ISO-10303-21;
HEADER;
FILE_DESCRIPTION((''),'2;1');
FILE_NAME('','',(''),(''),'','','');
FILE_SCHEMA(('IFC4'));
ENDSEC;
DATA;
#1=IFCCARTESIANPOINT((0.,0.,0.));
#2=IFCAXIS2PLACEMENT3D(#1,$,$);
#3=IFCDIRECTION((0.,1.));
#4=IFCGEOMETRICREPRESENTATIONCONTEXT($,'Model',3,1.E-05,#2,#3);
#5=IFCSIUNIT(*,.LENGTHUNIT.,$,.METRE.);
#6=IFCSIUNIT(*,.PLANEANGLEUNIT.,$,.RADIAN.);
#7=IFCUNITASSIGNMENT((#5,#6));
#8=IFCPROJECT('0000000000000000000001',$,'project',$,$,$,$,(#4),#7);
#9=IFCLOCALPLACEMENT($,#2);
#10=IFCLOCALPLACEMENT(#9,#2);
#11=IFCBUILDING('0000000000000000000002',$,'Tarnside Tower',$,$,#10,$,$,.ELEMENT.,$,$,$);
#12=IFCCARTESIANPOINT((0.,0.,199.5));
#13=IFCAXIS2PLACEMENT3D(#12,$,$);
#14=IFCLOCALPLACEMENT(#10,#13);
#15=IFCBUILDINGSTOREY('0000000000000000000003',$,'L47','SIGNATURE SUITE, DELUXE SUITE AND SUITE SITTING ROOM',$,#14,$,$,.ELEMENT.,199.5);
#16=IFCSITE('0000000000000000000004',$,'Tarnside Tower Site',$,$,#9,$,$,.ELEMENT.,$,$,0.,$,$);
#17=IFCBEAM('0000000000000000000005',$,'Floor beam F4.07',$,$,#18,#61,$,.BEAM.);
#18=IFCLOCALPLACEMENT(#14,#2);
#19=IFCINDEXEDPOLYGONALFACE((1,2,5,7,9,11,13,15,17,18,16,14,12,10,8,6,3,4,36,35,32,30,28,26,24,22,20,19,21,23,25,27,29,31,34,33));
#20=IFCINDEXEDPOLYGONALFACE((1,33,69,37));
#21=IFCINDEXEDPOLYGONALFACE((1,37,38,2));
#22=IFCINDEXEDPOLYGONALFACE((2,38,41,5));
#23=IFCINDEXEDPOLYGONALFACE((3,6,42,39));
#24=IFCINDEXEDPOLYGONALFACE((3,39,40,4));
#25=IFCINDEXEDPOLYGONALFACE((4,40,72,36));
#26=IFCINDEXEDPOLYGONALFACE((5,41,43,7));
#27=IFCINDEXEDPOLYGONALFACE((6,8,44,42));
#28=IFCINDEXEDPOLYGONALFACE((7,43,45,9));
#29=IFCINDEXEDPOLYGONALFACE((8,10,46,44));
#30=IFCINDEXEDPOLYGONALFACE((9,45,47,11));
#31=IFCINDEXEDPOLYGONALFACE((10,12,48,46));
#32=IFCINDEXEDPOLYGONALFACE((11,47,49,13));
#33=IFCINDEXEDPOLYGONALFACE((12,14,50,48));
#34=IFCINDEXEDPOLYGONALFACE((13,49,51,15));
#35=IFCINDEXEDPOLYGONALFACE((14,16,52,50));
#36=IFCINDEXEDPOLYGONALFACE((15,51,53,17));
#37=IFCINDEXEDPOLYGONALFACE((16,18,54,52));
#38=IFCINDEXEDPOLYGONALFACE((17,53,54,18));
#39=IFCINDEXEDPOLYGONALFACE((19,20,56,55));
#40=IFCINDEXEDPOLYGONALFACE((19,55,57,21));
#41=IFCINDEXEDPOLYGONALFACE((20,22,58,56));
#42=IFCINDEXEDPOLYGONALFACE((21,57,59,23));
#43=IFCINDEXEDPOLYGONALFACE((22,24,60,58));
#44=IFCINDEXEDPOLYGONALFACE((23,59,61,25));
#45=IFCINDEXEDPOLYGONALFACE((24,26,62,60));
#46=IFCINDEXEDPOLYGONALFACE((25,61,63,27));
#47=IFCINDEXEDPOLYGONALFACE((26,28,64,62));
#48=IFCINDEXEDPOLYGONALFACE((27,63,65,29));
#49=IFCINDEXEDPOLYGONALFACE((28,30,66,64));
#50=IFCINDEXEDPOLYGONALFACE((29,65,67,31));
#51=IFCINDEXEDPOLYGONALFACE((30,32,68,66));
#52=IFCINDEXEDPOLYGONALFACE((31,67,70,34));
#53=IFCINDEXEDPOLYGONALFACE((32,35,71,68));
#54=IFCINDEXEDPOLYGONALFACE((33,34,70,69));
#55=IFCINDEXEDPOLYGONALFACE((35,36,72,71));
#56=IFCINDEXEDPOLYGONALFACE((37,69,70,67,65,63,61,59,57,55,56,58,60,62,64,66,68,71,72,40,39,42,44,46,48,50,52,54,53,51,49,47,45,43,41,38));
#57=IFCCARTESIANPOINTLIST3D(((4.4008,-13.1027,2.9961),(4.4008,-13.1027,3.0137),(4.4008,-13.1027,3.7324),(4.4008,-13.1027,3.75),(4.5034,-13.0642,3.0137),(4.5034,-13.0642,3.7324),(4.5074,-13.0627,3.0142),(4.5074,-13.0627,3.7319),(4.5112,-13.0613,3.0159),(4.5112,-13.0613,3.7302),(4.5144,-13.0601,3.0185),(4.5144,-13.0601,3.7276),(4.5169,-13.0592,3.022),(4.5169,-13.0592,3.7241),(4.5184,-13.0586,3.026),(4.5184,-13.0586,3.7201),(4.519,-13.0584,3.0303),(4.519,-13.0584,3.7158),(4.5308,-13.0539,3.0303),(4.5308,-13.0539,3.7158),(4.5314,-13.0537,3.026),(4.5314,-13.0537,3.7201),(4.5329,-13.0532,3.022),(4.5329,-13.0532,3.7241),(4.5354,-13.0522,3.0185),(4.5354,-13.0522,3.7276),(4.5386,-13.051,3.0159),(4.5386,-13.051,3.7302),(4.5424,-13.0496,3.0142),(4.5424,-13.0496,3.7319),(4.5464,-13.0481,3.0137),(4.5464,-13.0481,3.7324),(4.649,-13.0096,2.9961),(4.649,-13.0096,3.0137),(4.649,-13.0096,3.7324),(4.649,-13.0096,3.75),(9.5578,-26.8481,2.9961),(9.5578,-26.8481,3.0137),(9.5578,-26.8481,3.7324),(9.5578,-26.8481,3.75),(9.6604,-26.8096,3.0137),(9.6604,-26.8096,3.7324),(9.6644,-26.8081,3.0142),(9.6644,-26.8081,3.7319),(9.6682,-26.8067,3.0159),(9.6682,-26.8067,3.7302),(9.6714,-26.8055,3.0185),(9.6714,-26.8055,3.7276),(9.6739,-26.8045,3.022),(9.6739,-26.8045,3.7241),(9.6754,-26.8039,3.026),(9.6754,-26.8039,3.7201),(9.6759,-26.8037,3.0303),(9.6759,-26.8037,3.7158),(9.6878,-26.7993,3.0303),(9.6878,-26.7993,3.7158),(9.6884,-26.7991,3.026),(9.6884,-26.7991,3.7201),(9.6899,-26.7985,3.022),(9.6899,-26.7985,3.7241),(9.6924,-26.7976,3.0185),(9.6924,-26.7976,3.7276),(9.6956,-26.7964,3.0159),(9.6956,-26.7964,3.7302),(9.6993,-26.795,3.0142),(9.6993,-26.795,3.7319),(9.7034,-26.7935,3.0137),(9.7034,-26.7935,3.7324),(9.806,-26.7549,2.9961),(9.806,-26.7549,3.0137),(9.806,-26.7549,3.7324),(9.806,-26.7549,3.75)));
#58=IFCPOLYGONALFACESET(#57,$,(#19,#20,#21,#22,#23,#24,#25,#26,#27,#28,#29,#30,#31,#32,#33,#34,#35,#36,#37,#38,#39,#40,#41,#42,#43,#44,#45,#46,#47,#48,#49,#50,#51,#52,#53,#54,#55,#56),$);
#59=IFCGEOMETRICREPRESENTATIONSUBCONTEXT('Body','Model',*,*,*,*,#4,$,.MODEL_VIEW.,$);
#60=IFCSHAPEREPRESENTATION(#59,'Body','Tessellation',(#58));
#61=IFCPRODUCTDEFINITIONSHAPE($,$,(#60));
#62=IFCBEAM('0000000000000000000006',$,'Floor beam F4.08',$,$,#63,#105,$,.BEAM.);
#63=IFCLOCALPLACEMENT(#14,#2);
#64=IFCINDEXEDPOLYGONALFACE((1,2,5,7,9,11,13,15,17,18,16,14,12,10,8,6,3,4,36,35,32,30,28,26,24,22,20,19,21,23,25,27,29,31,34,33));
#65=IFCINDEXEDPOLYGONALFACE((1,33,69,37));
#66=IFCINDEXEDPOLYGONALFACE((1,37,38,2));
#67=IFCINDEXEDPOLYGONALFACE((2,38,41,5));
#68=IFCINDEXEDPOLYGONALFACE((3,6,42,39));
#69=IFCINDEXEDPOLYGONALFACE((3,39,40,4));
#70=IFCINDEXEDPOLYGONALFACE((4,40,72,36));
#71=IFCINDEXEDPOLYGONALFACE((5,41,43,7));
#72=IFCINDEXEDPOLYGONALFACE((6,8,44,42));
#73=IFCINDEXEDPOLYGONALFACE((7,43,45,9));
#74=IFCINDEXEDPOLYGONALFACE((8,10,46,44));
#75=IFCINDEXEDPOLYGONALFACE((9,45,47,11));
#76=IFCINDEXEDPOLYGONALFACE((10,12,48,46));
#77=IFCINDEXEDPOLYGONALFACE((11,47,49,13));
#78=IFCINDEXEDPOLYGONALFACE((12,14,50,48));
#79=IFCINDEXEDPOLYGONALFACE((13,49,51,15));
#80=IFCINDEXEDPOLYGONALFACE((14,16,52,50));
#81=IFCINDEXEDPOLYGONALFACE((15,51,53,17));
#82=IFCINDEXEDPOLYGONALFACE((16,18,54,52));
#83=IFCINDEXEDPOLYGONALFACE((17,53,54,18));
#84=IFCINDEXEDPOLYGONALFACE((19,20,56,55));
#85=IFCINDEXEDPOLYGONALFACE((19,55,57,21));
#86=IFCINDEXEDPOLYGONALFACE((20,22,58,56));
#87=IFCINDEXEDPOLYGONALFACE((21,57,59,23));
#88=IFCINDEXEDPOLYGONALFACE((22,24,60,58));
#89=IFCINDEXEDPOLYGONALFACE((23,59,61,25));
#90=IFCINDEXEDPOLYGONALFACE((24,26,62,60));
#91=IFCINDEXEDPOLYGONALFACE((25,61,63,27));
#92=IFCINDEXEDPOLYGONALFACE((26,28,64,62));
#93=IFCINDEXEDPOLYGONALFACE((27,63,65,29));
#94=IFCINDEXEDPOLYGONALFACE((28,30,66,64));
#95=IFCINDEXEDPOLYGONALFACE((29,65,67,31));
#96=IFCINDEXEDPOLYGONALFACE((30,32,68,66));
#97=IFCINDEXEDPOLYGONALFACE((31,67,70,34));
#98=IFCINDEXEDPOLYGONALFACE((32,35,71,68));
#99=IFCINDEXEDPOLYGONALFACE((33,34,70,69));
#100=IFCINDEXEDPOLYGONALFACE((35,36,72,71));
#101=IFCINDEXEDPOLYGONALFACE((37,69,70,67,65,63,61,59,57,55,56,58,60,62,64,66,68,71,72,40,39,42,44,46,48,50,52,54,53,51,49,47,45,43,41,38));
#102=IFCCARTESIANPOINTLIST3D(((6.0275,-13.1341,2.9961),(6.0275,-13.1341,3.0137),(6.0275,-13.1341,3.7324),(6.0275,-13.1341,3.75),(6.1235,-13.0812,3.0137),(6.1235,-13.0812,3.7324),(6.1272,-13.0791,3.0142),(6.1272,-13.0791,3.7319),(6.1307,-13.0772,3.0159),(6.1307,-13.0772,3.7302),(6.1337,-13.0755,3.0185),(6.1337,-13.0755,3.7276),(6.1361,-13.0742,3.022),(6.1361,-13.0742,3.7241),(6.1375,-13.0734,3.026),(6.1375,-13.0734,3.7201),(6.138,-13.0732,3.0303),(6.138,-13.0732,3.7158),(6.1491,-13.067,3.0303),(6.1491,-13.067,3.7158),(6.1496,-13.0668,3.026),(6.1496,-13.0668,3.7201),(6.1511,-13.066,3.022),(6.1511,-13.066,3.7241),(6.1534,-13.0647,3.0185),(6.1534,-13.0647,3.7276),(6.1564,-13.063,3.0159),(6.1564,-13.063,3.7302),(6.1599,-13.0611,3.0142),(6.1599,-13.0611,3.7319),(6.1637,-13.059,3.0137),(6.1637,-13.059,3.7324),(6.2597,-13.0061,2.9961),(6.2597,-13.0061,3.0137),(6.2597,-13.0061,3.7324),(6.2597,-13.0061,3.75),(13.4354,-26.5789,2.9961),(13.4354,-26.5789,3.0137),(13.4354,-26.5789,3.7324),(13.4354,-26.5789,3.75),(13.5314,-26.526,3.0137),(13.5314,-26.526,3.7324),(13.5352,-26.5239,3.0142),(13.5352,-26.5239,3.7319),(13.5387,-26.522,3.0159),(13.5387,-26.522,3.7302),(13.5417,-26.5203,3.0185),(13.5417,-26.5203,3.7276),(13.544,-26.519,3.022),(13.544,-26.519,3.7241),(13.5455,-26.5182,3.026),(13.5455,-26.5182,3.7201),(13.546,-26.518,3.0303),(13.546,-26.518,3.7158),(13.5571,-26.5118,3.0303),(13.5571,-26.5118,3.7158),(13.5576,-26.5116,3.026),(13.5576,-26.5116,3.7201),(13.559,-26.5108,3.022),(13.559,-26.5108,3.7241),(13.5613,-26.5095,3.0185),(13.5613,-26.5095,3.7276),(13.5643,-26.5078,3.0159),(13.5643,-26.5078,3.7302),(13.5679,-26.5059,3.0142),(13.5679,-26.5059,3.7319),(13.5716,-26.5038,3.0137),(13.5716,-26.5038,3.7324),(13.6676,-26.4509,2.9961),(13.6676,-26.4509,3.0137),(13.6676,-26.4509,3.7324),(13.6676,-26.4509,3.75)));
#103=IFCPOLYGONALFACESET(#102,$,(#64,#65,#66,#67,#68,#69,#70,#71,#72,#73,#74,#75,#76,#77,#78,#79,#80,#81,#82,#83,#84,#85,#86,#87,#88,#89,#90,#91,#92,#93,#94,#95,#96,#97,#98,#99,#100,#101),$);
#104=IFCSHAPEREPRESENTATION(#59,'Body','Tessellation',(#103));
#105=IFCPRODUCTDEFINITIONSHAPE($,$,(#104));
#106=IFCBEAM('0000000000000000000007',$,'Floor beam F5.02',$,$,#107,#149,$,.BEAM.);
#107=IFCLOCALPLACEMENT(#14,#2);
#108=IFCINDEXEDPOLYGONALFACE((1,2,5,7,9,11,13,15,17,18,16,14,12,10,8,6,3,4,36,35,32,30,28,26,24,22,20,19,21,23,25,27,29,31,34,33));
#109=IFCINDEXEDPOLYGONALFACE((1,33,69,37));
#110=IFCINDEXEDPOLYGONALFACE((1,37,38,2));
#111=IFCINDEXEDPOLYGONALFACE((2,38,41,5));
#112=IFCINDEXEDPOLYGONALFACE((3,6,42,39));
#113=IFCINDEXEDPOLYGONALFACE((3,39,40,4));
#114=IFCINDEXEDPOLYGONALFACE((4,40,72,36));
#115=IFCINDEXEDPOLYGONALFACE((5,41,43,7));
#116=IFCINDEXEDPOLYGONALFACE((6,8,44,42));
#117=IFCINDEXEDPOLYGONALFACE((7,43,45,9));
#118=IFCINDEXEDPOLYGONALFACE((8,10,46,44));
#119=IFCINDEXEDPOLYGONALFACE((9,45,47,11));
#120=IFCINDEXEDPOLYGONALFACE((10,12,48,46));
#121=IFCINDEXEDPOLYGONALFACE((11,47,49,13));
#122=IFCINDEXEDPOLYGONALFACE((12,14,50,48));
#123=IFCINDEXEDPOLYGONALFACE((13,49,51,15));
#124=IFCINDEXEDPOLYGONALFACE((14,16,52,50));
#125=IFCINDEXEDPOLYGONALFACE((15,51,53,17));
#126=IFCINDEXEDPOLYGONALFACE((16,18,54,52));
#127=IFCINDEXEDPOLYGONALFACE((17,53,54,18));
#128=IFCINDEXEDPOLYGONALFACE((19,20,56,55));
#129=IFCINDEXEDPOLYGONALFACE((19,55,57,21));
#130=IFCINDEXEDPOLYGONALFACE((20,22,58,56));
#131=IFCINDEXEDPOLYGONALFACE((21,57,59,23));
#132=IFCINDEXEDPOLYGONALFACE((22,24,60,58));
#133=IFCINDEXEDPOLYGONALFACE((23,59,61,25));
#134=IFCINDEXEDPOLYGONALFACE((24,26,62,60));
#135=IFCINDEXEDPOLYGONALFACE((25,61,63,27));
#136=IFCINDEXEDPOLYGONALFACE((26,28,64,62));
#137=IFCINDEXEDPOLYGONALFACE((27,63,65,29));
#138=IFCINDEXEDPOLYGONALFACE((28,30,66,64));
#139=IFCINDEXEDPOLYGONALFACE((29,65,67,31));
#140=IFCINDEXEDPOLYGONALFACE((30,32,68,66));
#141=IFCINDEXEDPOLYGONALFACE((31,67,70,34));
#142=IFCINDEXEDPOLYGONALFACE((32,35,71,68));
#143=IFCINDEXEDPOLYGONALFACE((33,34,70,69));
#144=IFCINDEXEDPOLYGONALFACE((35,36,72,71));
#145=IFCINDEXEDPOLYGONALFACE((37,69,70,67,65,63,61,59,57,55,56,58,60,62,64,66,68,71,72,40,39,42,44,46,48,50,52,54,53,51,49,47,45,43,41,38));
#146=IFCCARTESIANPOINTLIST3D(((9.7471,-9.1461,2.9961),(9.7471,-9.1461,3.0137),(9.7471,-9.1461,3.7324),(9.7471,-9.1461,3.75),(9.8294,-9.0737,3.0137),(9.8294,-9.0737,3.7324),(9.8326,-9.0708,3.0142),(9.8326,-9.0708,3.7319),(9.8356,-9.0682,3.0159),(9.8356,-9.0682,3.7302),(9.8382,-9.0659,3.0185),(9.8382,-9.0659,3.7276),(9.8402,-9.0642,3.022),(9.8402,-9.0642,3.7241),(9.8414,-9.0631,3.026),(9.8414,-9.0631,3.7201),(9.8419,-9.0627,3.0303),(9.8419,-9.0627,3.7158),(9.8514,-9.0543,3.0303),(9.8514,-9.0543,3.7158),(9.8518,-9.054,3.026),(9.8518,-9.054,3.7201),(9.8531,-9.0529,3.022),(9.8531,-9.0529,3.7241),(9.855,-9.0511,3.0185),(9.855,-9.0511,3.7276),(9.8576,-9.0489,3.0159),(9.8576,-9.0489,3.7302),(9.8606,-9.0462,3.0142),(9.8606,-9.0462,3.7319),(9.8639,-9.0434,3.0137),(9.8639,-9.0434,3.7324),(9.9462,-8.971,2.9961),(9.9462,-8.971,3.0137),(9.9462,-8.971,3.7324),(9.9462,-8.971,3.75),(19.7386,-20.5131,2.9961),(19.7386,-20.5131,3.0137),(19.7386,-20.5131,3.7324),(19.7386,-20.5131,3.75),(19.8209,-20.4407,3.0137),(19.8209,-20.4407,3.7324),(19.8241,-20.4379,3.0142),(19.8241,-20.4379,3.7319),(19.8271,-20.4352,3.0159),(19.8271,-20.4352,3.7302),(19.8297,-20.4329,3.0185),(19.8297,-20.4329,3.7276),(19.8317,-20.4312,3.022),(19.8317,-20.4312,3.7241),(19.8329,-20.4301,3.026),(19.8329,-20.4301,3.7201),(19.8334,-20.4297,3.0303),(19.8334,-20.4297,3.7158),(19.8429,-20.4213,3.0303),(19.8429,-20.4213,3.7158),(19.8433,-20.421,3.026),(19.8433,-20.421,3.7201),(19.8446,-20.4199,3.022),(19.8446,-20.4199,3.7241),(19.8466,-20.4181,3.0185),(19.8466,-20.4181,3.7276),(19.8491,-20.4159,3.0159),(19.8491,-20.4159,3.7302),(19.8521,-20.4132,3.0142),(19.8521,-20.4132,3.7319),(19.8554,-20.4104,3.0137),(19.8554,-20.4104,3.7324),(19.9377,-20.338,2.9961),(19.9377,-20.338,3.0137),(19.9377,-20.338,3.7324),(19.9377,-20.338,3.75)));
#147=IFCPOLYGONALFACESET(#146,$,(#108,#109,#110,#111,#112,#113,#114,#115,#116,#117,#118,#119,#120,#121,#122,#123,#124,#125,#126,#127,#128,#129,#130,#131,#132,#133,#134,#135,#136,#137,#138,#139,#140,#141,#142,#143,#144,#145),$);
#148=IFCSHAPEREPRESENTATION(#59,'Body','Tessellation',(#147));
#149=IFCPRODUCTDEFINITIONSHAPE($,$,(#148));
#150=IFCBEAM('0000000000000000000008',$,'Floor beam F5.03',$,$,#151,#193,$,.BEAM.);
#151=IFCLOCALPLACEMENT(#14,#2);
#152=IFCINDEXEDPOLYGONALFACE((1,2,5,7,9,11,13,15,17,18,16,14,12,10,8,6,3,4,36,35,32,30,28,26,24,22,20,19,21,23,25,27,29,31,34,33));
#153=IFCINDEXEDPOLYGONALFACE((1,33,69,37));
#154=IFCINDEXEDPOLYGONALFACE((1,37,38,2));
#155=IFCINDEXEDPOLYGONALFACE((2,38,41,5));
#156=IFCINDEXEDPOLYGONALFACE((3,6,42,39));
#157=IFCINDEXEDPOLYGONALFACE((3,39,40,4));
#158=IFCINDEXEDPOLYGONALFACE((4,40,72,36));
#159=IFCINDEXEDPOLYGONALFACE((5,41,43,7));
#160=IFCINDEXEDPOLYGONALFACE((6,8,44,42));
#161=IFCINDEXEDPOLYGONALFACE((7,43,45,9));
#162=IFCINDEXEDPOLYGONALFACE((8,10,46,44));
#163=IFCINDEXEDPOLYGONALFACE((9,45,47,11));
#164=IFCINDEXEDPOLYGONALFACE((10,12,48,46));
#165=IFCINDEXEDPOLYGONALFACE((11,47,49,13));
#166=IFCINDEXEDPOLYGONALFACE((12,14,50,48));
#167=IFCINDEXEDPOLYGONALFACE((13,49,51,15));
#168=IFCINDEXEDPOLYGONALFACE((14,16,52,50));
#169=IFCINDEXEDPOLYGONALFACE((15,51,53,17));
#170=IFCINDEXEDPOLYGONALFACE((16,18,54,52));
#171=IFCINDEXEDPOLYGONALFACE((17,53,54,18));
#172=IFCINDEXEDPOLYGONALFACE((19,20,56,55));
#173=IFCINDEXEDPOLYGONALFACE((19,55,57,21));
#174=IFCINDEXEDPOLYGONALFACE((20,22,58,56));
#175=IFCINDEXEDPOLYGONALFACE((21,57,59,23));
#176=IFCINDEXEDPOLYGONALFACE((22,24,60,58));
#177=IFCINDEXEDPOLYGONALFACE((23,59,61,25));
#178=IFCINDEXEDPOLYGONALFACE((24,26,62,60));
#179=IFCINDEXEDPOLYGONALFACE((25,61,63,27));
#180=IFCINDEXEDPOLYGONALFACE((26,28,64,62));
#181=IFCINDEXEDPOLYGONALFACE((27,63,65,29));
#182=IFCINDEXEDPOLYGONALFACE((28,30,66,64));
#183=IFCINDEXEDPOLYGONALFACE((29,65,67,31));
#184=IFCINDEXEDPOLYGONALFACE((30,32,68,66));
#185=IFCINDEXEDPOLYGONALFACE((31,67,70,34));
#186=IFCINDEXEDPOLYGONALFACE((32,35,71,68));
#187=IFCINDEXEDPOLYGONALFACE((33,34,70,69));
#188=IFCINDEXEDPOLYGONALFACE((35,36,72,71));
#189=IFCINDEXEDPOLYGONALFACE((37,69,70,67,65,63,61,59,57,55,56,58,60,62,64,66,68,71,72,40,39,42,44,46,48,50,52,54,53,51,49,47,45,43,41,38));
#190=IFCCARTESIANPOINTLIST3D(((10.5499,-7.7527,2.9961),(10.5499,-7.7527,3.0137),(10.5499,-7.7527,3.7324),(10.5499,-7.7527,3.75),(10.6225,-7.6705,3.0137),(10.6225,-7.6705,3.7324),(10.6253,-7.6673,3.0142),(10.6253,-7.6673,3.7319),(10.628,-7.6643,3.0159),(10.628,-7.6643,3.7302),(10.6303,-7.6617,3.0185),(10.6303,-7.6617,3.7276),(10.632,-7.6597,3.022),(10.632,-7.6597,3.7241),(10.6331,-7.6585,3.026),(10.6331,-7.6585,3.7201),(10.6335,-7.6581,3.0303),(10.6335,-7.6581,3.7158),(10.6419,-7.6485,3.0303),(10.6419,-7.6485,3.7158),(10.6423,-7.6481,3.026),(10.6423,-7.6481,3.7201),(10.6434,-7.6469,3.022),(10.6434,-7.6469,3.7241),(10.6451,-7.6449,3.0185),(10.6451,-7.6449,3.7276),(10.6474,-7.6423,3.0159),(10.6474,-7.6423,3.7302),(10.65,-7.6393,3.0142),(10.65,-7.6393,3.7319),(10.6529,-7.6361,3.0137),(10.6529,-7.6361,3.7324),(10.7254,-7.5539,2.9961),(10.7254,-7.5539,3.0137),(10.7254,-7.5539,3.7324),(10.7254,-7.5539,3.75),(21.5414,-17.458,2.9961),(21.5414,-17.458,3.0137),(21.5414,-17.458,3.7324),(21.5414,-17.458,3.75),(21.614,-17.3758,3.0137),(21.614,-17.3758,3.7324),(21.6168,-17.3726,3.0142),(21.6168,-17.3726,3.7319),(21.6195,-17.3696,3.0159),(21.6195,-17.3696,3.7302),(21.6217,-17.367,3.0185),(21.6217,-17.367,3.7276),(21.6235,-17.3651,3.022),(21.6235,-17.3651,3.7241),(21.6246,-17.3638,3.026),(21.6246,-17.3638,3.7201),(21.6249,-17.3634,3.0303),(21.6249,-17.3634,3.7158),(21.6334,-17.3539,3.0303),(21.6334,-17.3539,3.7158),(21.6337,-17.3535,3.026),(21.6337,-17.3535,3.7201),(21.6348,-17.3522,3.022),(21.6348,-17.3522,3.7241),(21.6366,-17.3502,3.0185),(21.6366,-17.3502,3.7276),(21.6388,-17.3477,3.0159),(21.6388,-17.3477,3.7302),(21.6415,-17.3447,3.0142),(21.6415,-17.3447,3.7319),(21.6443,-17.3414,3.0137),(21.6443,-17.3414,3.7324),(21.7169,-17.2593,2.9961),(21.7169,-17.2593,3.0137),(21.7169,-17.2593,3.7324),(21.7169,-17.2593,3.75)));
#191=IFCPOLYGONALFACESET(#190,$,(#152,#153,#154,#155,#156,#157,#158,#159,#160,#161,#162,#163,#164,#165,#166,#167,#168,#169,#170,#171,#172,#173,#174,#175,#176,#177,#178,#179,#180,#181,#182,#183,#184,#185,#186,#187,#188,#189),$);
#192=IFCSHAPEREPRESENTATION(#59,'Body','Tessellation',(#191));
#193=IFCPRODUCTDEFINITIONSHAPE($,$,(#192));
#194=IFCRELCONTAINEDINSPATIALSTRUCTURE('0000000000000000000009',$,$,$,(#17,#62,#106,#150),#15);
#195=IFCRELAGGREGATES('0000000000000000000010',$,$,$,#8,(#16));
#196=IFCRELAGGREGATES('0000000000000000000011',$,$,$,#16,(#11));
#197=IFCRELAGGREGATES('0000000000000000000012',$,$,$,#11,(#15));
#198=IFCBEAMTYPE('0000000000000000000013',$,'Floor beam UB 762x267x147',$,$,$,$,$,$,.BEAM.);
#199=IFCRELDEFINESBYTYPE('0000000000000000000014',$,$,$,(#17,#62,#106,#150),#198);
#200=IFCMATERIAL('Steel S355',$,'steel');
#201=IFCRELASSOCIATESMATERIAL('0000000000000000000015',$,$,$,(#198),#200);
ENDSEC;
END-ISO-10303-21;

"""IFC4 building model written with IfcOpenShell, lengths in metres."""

from ifc_helpers import new_model, si_unit, direction, frame, origin, origin_2d, place, context, subcontext, project, spatial, i_section, extrude, material, material_profile, profile_set, type_object, element, save


model = new_model("IFC4")

# Units and contexts
model_context = context("Model", 3, precision=1e-05, world=origin(), true_north=direction((0.0, 1.0)))
body_context = subcontext(model_context, "Body", "Model", "MODEL_VIEW")
ifc_project = project(units=[si_unit("LENGTHUNIT", "METRE"), si_unit("PLANEANGLEUNIT", "RADIAN")], contexts=[model_context])

# Site, building, storey
site_placement = place(None, origin())
site = spatial("IfcSite", under=ifc_project, at=site_placement, Name="Tarnside Tower Site", CompositionType="ELEMENT", RefElevation=0.0)
building_placement = place(site_placement, origin())
building = spatial("IfcBuilding", under=site, at=building_placement, Name="Tarnside Tower", CompositionType="ELEMENT")
storey_placement = place(building_placement, frame((0.0, 0.0, 199.5)))
storey = spatial("IfcBuildingStorey", under=building, at=storey_placement, Name="L47", Description="SIGNATURE SUITE, DELUXE SUITE AND SUITE SITTING ROOM", CompositionType="ELEMENT", Elevation=199.5)

# Beams
ifc_material_1 = material(Name="Steel S355", Category="steel")
ifc_material_profile_1 = material_profile(ifc_material_1, i_section(OverallWidth=0.2651, OverallDepth=0.7539, WebThickness=0.0127, FlangeThickness=0.0176, FilletRadius=0.0166, at=origin_2d()), Name="UB 762x267x147")
ifc_profile_set_1 = profile_set([ifc_material_profile_1], Name="Steel S355")
beam_type_1 = type_object("IfcBeamType", Name="Floor beam UB 762x267x147", PredefinedType="BEAM", material=ifc_profile_set_1)
beam_1_placement = place(storey_placement, frame((9.6819, -26.8015, 3.373), z_axis=(-0.351271, 0.936274, 0.0), x_axis=(-0.936274, -0.351271, 0.0)))
element("IfcBeam", 1, at=beam_1_placement, inside=storey, type_object=beam_type_1, Name="Floor beam F4.07", PredefinedType="BEAM", context=body_context, shape_type="SweptSolid", body=[
    extrude(i_section(OverallWidth=0.2651, OverallDepth=0.7539, WebThickness=0.0127, FlangeThickness=0.0176, FilletRadius=0.0166, at=origin_2d()), origin(), (0.0, 0.0, 1.0), 14.6809),
])
beam_2_placement = place(storey_placement, frame((13.5515, -26.5149, 3.373), z_axis=(-0.482584, 0.87585, 0.0), x_axis=(-0.87585, -0.482584, 0.0)))
element("IfcBeam", 2, at=beam_2_placement, inside=storey, type_object=beam_type_1, Name="Floor beam F4.08", PredefinedType="BEAM", context=body_context, shape_type="SweptSolid", body=[
    extrude(i_section(OverallWidth=0.2651, OverallDepth=0.7539, WebThickness=0.0127, FlangeThickness=0.0176, FilletRadius=0.0166, at=origin_2d()), origin(), (0.0, 0.0, 1.0), 15.3506),
])
beam_3_placement = place(storey_placement, frame((19.8381, -20.4255, 3.373), z_axis=(-0.660201, 0.751089, 0.0), x_axis=(-0.751089, -0.660201, 0.0)))
element("IfcBeam", 3, at=beam_3_placement, inside=storey, type_object=beam_type_1, Name="Floor beam F5.02", PredefinedType="BEAM", context=body_context, shape_type="SweptSolid", body=[
    extrude(i_section(OverallWidth=0.2651, OverallDepth=0.7539, WebThickness=0.0127, FlangeThickness=0.0176, FilletRadius=0.0166, at=origin_2d()), origin(), (0.0, 0.0, 1.0), 15.134),
])
beam_4_placement = place(storey_placement, frame((21.6292, -17.3586, 3.373), z_axis=(-0.749602, 0.661889, 0.0), x_axis=(-0.661889, -0.749602, 0.0)))
element("IfcBeam", 4, at=beam_4_placement, inside=storey, type_object=beam_type_1, Name="Floor beam F5.03", PredefinedType="BEAM", context=body_context, shape_type="SweptSolid", body=[
    extrude(i_section(OverallWidth=0.2651, OverallDepth=0.7539, WebThickness=0.0127, FlangeThickness=0.0176, FilletRadius=0.0166, at=origin_2d()), origin(), (0.0, 0.0, 1.0), 14.6631),
])

save(model, "model.ifc")
